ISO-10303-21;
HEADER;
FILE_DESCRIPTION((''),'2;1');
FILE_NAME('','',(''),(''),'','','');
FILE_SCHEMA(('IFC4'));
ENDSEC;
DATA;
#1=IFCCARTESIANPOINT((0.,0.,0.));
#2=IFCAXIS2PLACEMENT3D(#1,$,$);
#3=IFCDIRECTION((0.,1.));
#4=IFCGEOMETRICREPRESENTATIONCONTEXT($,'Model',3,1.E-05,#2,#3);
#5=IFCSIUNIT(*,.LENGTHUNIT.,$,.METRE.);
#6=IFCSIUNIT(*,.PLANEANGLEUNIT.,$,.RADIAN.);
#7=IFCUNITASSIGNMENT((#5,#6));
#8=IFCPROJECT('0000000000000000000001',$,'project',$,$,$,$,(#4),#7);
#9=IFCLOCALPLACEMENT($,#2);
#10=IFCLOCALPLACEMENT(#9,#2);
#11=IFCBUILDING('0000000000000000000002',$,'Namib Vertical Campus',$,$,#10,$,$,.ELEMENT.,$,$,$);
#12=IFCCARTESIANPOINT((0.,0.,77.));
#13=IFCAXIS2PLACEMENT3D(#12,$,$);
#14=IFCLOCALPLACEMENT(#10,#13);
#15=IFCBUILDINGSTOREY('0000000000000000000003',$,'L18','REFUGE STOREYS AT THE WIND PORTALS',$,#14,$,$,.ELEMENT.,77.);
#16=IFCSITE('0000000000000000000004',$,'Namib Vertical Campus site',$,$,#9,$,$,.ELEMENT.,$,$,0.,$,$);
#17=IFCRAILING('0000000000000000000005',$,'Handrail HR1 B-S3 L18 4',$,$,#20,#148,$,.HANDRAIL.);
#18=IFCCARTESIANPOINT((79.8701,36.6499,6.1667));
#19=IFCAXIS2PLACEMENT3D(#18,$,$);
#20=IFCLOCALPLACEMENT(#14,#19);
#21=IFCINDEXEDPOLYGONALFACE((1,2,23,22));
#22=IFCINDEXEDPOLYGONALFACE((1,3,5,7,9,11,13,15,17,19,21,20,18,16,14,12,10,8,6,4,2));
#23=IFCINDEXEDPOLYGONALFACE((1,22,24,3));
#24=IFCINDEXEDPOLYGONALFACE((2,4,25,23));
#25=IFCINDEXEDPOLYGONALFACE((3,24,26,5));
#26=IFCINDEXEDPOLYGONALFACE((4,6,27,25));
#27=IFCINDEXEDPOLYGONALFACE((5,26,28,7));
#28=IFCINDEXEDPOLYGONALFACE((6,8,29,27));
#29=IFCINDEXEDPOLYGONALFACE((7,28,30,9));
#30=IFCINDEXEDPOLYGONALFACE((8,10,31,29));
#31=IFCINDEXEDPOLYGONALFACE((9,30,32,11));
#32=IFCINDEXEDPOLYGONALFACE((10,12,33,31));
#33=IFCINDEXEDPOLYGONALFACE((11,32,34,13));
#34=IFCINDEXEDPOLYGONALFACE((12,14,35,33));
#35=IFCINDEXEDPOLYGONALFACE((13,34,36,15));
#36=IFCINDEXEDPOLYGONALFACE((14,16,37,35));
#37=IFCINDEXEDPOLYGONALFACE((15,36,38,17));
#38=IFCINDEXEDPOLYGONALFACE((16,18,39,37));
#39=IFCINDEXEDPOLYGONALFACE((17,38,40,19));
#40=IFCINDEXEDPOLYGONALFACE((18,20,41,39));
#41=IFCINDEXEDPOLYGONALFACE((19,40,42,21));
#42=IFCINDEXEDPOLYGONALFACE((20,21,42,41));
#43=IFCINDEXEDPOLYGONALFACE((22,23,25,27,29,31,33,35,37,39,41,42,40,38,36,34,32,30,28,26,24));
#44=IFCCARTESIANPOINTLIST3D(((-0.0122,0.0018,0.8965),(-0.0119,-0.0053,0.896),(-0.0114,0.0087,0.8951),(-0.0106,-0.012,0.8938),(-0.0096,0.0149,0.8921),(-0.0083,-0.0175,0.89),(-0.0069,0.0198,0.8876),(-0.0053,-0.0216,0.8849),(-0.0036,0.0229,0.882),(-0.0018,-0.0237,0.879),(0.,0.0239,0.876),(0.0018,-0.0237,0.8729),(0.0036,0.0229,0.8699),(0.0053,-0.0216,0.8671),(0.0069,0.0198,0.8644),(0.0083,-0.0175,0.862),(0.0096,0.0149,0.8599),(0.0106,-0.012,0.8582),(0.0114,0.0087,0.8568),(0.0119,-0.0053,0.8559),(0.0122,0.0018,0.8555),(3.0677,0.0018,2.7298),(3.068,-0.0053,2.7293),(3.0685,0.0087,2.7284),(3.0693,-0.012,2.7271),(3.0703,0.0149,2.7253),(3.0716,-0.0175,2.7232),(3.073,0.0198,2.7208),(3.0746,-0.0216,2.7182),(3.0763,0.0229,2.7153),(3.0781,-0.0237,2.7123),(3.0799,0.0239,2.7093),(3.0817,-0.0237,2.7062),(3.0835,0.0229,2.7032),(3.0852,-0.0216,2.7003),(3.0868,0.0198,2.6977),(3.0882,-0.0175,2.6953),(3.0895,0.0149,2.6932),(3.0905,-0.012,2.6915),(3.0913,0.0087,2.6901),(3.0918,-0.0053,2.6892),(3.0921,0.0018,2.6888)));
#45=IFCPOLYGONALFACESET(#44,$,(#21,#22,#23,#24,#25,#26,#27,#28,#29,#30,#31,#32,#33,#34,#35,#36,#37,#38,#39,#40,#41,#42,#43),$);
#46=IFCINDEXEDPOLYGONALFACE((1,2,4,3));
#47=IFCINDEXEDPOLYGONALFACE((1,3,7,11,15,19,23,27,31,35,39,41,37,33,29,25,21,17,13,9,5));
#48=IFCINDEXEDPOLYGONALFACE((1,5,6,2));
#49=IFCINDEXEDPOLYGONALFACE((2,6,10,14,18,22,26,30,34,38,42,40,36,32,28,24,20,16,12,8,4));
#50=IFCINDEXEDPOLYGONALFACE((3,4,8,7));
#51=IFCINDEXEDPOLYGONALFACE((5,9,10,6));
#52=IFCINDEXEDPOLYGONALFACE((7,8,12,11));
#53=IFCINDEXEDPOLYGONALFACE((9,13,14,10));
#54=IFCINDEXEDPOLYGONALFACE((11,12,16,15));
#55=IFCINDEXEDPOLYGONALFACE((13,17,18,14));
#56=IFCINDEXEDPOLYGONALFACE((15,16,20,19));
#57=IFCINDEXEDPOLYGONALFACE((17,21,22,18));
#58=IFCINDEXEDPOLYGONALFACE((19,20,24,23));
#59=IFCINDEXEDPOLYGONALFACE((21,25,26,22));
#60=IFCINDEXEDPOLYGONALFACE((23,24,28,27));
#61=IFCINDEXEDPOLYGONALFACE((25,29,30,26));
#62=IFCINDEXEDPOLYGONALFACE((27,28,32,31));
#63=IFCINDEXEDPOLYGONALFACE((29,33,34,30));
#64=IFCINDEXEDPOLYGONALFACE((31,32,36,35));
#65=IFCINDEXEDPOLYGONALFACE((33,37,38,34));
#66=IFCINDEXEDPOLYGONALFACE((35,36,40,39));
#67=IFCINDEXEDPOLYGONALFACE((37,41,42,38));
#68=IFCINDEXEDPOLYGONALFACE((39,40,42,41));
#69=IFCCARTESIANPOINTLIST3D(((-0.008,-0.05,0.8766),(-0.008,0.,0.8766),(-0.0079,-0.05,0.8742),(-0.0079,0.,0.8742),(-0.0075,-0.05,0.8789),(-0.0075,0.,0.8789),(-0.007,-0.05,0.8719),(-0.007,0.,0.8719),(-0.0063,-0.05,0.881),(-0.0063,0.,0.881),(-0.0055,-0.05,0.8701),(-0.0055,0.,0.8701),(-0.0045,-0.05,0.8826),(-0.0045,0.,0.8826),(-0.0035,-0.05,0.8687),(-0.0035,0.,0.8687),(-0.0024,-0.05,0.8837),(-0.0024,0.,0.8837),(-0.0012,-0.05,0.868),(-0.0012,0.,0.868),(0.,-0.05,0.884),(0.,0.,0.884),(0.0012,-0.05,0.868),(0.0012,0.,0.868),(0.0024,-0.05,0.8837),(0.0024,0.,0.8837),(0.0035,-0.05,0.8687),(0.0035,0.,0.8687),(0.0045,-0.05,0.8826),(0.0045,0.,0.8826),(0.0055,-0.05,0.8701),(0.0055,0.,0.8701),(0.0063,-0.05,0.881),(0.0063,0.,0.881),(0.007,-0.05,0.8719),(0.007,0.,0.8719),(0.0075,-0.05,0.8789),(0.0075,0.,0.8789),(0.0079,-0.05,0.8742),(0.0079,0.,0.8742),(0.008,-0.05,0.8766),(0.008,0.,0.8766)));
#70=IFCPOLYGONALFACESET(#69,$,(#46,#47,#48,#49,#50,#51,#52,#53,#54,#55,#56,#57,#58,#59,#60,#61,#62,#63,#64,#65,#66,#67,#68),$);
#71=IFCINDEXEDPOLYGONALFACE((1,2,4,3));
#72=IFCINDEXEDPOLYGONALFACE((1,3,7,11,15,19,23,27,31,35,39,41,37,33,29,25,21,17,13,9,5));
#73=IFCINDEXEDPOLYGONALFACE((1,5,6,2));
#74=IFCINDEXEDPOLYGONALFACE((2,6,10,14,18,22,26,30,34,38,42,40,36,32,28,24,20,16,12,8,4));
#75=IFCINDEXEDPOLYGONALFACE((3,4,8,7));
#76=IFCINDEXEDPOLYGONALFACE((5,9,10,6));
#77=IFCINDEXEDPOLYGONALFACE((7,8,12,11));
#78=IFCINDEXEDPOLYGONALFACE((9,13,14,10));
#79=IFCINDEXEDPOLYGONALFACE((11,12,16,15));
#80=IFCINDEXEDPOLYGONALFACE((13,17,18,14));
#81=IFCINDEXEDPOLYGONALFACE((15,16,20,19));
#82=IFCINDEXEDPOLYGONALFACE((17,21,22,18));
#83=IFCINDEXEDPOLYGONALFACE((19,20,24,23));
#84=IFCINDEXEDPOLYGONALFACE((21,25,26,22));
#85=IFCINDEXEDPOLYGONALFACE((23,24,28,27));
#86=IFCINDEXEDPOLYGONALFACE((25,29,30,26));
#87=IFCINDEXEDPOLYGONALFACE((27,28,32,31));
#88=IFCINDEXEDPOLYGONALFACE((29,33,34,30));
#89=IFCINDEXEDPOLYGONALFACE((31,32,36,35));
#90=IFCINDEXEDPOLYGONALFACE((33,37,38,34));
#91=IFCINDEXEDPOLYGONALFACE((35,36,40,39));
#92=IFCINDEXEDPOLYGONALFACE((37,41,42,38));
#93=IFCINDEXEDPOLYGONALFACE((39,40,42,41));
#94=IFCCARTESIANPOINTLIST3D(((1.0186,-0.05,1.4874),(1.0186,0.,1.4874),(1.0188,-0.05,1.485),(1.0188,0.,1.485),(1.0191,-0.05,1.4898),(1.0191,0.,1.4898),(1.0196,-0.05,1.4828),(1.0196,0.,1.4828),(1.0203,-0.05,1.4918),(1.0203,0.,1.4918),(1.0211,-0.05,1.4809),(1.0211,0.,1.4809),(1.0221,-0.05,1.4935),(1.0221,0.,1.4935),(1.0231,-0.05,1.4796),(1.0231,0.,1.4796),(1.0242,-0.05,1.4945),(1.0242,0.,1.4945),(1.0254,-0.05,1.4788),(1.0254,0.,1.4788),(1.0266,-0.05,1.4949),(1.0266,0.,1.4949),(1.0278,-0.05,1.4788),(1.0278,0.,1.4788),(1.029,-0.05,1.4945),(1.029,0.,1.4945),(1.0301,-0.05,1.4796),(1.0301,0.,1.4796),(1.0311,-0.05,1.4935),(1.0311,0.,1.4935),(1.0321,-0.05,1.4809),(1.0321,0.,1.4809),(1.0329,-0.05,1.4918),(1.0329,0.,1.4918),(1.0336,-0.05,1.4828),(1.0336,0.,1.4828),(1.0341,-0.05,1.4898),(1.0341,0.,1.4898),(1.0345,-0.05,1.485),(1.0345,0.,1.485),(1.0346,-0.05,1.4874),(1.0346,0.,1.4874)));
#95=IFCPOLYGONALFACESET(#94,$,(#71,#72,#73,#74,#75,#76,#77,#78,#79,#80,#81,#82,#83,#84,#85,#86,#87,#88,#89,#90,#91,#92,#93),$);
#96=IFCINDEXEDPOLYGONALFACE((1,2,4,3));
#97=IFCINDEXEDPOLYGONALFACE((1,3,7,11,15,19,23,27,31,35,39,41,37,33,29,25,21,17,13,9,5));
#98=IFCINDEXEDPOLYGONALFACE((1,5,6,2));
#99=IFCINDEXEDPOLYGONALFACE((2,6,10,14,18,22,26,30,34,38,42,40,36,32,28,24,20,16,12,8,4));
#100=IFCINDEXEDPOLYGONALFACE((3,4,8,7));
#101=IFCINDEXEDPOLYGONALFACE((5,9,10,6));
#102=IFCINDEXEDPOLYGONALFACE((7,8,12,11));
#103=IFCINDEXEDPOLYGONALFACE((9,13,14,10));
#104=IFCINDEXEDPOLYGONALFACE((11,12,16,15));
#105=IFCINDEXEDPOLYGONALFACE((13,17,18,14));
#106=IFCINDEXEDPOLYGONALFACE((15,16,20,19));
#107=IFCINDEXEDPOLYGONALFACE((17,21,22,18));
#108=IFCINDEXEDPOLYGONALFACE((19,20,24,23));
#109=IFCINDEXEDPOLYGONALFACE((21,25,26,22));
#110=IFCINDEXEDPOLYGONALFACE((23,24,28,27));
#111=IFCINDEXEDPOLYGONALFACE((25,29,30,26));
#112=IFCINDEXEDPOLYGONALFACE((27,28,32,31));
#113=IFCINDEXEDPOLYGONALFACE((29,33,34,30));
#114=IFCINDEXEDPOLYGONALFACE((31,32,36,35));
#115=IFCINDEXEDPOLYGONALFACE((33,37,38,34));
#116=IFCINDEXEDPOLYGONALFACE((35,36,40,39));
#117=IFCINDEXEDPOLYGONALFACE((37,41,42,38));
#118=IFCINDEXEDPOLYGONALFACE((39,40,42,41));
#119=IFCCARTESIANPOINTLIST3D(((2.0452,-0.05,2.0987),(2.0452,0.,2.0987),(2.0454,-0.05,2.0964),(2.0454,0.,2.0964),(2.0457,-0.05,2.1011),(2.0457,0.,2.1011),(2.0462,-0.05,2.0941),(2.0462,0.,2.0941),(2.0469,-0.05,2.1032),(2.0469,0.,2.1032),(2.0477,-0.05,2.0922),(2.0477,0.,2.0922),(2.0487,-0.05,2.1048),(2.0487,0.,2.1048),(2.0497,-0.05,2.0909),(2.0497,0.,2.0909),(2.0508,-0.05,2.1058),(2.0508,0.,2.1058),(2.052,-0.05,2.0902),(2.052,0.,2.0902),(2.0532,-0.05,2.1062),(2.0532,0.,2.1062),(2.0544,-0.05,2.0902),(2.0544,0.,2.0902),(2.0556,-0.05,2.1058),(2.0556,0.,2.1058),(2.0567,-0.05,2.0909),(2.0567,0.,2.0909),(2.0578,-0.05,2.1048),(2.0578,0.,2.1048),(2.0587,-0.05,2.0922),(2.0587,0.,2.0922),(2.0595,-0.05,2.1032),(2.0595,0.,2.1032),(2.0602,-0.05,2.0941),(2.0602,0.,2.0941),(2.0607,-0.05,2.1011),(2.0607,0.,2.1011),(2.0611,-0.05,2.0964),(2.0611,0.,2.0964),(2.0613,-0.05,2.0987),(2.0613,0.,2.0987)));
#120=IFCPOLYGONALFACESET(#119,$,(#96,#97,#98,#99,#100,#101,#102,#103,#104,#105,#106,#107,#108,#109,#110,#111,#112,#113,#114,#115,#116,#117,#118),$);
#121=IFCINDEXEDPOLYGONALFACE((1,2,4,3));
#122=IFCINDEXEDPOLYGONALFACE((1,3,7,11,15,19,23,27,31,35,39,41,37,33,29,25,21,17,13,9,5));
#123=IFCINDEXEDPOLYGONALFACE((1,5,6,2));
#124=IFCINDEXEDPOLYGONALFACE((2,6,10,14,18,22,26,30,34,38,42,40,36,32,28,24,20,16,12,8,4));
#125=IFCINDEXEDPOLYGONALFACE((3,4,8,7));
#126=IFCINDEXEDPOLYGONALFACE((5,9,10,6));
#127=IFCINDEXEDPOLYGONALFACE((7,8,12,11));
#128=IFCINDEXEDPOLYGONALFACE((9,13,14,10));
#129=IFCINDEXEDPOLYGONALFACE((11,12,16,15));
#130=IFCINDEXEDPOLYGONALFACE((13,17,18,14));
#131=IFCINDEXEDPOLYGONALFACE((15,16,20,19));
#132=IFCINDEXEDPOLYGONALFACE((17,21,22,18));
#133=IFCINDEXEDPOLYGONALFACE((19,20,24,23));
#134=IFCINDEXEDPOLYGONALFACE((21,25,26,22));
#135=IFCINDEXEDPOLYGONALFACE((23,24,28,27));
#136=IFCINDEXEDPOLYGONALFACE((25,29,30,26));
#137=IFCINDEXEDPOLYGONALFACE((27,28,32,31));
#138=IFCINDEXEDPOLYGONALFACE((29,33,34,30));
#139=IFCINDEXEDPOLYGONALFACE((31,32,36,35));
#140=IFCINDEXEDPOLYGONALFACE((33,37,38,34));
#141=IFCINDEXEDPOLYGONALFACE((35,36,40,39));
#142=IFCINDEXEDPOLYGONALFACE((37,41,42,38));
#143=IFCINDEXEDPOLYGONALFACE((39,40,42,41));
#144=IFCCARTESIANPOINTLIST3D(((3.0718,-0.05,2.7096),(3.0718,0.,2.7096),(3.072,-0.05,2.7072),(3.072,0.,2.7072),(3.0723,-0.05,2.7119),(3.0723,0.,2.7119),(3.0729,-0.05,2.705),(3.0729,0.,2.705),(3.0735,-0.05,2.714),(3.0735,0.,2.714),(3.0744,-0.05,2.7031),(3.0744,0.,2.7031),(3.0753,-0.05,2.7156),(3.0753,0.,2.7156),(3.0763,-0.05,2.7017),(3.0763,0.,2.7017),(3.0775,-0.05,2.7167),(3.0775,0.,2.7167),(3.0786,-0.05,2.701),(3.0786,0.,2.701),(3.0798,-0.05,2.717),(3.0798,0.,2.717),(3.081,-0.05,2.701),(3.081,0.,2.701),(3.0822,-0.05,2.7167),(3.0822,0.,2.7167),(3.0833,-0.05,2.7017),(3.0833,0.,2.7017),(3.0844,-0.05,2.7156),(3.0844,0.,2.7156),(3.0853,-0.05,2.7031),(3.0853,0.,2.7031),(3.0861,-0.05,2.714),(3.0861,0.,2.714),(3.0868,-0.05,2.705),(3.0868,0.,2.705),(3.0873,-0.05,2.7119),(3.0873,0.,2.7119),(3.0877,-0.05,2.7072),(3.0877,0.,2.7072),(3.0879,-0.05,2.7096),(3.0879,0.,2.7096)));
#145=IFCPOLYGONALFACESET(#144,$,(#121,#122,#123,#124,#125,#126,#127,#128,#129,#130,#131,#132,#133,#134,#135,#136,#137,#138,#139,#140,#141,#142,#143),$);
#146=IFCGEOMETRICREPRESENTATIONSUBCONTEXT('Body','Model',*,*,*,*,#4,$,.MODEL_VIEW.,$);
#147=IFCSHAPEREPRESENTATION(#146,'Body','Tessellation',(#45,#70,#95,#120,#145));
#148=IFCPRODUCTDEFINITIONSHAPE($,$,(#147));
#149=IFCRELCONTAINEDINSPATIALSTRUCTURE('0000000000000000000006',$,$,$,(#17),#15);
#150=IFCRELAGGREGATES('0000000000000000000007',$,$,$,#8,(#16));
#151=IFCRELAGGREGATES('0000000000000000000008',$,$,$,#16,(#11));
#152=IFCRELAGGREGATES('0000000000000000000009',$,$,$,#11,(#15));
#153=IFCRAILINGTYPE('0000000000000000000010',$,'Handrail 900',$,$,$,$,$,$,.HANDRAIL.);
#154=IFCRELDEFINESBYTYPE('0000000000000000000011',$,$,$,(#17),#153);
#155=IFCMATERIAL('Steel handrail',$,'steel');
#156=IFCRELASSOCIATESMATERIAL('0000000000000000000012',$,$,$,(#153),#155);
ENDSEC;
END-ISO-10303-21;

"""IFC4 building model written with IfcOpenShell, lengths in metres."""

from ifc_helpers import new_model, si_unit, direction, frame, origin, origin_2d, place, context, subcontext, project, spatial, circle, extrude, material, type_object, element, save


model = new_model("IFC4")

# Units and contexts
model_context = context("Model", 3, precision=1e-05, world=origin(), true_north=direction((0.0, 1.0)))
body_context = subcontext(model_context, "Body", "Model", "MODEL_VIEW")
ifc_project = project(units=[si_unit("LENGTHUNIT", "METRE"), si_unit("PLANEANGLEUNIT", "RADIAN")], contexts=[model_context])

# Site, building, storey
site_placement = place(None, origin())
site = spatial("IfcSite", under=ifc_project, at=site_placement, Name="Namib Vertical Campus site", CompositionType="ELEMENT", RefElevation=0.0)
building_placement = place(site_placement, origin())
building = spatial("IfcBuilding", under=site, at=building_placement, Name="Namib Vertical Campus", CompositionType="ELEMENT")
storey_placement = place(building_placement, frame((0.0, 0.0, 77.0)))
storey = spatial("IfcBuildingStorey", under=building, at=storey_placement, Name="L18", Description="REFUGE STOREYS AT THE WIND PORTALS", CompositionType="ELEMENT", Elevation=77.0)

# Railing
ifc_material_1 = material(Name="Steel handrail", Category="steel")
railing_type_1 = type_object("IfcRailingType", Name="Handrail 900", PredefinedType="HANDRAIL", material=ifc_material_1)
railing_1_placement = place(storey_placement, frame((79.8701, 36.6499, 6.1667)))
element("IfcRailing", 1, at=railing_1_placement, inside=storey, type_object=railing_type_1, Name="Handrail HR1 B-S3 L18 4", PredefinedType="HANDRAIL", context=body_context, shape_type="SweptSolid", body=[
    extrude(circle(Radius=0.0239, at=origin_2d()), frame((0.0, 0.0, 0.876), z_axis=(0.859291, 0.0, 0.511487), x_axis=(0.0, 1.0, 0.0)), (0.0, 0.0, 1.0), 3.5842),
    extrude(circle(Radius=0.0081, at=origin_2d()), frame((0.0, 0.0, 0.876), z_axis=(0.0, -1.0, 0.0), x_axis=(0.0, 0.0, 1.0)), (0.0, 0.0, 1.0), 0.05),
    extrude(circle(Radius=0.0081, at=origin_2d()), frame((1.0266, 0.0, 1.4868), z_axis=(0.0, -1.0, 0.0), x_axis=(0.0, 0.0, 1.0)), (0.0, 0.0, 1.0), 0.05),
    extrude(circle(Radius=0.0081, at=origin_2d()), frame((2.0532, 0.0, 2.0981), z_axis=(0.0, -1.0, 0.0), x_axis=(0.0, 0.0, 1.0)), (0.0, 0.0, 1.0), 0.05),
    extrude(circle(Radius=0.0081, at=origin_2d()), frame((3.0798, 0.0, 2.709), z_axis=(0.0, -1.0, 0.0), x_axis=(0.0, 0.0, 1.0)), (0.0, 0.0, 1.0), 0.05),
])

save(model, "model.ifc")
